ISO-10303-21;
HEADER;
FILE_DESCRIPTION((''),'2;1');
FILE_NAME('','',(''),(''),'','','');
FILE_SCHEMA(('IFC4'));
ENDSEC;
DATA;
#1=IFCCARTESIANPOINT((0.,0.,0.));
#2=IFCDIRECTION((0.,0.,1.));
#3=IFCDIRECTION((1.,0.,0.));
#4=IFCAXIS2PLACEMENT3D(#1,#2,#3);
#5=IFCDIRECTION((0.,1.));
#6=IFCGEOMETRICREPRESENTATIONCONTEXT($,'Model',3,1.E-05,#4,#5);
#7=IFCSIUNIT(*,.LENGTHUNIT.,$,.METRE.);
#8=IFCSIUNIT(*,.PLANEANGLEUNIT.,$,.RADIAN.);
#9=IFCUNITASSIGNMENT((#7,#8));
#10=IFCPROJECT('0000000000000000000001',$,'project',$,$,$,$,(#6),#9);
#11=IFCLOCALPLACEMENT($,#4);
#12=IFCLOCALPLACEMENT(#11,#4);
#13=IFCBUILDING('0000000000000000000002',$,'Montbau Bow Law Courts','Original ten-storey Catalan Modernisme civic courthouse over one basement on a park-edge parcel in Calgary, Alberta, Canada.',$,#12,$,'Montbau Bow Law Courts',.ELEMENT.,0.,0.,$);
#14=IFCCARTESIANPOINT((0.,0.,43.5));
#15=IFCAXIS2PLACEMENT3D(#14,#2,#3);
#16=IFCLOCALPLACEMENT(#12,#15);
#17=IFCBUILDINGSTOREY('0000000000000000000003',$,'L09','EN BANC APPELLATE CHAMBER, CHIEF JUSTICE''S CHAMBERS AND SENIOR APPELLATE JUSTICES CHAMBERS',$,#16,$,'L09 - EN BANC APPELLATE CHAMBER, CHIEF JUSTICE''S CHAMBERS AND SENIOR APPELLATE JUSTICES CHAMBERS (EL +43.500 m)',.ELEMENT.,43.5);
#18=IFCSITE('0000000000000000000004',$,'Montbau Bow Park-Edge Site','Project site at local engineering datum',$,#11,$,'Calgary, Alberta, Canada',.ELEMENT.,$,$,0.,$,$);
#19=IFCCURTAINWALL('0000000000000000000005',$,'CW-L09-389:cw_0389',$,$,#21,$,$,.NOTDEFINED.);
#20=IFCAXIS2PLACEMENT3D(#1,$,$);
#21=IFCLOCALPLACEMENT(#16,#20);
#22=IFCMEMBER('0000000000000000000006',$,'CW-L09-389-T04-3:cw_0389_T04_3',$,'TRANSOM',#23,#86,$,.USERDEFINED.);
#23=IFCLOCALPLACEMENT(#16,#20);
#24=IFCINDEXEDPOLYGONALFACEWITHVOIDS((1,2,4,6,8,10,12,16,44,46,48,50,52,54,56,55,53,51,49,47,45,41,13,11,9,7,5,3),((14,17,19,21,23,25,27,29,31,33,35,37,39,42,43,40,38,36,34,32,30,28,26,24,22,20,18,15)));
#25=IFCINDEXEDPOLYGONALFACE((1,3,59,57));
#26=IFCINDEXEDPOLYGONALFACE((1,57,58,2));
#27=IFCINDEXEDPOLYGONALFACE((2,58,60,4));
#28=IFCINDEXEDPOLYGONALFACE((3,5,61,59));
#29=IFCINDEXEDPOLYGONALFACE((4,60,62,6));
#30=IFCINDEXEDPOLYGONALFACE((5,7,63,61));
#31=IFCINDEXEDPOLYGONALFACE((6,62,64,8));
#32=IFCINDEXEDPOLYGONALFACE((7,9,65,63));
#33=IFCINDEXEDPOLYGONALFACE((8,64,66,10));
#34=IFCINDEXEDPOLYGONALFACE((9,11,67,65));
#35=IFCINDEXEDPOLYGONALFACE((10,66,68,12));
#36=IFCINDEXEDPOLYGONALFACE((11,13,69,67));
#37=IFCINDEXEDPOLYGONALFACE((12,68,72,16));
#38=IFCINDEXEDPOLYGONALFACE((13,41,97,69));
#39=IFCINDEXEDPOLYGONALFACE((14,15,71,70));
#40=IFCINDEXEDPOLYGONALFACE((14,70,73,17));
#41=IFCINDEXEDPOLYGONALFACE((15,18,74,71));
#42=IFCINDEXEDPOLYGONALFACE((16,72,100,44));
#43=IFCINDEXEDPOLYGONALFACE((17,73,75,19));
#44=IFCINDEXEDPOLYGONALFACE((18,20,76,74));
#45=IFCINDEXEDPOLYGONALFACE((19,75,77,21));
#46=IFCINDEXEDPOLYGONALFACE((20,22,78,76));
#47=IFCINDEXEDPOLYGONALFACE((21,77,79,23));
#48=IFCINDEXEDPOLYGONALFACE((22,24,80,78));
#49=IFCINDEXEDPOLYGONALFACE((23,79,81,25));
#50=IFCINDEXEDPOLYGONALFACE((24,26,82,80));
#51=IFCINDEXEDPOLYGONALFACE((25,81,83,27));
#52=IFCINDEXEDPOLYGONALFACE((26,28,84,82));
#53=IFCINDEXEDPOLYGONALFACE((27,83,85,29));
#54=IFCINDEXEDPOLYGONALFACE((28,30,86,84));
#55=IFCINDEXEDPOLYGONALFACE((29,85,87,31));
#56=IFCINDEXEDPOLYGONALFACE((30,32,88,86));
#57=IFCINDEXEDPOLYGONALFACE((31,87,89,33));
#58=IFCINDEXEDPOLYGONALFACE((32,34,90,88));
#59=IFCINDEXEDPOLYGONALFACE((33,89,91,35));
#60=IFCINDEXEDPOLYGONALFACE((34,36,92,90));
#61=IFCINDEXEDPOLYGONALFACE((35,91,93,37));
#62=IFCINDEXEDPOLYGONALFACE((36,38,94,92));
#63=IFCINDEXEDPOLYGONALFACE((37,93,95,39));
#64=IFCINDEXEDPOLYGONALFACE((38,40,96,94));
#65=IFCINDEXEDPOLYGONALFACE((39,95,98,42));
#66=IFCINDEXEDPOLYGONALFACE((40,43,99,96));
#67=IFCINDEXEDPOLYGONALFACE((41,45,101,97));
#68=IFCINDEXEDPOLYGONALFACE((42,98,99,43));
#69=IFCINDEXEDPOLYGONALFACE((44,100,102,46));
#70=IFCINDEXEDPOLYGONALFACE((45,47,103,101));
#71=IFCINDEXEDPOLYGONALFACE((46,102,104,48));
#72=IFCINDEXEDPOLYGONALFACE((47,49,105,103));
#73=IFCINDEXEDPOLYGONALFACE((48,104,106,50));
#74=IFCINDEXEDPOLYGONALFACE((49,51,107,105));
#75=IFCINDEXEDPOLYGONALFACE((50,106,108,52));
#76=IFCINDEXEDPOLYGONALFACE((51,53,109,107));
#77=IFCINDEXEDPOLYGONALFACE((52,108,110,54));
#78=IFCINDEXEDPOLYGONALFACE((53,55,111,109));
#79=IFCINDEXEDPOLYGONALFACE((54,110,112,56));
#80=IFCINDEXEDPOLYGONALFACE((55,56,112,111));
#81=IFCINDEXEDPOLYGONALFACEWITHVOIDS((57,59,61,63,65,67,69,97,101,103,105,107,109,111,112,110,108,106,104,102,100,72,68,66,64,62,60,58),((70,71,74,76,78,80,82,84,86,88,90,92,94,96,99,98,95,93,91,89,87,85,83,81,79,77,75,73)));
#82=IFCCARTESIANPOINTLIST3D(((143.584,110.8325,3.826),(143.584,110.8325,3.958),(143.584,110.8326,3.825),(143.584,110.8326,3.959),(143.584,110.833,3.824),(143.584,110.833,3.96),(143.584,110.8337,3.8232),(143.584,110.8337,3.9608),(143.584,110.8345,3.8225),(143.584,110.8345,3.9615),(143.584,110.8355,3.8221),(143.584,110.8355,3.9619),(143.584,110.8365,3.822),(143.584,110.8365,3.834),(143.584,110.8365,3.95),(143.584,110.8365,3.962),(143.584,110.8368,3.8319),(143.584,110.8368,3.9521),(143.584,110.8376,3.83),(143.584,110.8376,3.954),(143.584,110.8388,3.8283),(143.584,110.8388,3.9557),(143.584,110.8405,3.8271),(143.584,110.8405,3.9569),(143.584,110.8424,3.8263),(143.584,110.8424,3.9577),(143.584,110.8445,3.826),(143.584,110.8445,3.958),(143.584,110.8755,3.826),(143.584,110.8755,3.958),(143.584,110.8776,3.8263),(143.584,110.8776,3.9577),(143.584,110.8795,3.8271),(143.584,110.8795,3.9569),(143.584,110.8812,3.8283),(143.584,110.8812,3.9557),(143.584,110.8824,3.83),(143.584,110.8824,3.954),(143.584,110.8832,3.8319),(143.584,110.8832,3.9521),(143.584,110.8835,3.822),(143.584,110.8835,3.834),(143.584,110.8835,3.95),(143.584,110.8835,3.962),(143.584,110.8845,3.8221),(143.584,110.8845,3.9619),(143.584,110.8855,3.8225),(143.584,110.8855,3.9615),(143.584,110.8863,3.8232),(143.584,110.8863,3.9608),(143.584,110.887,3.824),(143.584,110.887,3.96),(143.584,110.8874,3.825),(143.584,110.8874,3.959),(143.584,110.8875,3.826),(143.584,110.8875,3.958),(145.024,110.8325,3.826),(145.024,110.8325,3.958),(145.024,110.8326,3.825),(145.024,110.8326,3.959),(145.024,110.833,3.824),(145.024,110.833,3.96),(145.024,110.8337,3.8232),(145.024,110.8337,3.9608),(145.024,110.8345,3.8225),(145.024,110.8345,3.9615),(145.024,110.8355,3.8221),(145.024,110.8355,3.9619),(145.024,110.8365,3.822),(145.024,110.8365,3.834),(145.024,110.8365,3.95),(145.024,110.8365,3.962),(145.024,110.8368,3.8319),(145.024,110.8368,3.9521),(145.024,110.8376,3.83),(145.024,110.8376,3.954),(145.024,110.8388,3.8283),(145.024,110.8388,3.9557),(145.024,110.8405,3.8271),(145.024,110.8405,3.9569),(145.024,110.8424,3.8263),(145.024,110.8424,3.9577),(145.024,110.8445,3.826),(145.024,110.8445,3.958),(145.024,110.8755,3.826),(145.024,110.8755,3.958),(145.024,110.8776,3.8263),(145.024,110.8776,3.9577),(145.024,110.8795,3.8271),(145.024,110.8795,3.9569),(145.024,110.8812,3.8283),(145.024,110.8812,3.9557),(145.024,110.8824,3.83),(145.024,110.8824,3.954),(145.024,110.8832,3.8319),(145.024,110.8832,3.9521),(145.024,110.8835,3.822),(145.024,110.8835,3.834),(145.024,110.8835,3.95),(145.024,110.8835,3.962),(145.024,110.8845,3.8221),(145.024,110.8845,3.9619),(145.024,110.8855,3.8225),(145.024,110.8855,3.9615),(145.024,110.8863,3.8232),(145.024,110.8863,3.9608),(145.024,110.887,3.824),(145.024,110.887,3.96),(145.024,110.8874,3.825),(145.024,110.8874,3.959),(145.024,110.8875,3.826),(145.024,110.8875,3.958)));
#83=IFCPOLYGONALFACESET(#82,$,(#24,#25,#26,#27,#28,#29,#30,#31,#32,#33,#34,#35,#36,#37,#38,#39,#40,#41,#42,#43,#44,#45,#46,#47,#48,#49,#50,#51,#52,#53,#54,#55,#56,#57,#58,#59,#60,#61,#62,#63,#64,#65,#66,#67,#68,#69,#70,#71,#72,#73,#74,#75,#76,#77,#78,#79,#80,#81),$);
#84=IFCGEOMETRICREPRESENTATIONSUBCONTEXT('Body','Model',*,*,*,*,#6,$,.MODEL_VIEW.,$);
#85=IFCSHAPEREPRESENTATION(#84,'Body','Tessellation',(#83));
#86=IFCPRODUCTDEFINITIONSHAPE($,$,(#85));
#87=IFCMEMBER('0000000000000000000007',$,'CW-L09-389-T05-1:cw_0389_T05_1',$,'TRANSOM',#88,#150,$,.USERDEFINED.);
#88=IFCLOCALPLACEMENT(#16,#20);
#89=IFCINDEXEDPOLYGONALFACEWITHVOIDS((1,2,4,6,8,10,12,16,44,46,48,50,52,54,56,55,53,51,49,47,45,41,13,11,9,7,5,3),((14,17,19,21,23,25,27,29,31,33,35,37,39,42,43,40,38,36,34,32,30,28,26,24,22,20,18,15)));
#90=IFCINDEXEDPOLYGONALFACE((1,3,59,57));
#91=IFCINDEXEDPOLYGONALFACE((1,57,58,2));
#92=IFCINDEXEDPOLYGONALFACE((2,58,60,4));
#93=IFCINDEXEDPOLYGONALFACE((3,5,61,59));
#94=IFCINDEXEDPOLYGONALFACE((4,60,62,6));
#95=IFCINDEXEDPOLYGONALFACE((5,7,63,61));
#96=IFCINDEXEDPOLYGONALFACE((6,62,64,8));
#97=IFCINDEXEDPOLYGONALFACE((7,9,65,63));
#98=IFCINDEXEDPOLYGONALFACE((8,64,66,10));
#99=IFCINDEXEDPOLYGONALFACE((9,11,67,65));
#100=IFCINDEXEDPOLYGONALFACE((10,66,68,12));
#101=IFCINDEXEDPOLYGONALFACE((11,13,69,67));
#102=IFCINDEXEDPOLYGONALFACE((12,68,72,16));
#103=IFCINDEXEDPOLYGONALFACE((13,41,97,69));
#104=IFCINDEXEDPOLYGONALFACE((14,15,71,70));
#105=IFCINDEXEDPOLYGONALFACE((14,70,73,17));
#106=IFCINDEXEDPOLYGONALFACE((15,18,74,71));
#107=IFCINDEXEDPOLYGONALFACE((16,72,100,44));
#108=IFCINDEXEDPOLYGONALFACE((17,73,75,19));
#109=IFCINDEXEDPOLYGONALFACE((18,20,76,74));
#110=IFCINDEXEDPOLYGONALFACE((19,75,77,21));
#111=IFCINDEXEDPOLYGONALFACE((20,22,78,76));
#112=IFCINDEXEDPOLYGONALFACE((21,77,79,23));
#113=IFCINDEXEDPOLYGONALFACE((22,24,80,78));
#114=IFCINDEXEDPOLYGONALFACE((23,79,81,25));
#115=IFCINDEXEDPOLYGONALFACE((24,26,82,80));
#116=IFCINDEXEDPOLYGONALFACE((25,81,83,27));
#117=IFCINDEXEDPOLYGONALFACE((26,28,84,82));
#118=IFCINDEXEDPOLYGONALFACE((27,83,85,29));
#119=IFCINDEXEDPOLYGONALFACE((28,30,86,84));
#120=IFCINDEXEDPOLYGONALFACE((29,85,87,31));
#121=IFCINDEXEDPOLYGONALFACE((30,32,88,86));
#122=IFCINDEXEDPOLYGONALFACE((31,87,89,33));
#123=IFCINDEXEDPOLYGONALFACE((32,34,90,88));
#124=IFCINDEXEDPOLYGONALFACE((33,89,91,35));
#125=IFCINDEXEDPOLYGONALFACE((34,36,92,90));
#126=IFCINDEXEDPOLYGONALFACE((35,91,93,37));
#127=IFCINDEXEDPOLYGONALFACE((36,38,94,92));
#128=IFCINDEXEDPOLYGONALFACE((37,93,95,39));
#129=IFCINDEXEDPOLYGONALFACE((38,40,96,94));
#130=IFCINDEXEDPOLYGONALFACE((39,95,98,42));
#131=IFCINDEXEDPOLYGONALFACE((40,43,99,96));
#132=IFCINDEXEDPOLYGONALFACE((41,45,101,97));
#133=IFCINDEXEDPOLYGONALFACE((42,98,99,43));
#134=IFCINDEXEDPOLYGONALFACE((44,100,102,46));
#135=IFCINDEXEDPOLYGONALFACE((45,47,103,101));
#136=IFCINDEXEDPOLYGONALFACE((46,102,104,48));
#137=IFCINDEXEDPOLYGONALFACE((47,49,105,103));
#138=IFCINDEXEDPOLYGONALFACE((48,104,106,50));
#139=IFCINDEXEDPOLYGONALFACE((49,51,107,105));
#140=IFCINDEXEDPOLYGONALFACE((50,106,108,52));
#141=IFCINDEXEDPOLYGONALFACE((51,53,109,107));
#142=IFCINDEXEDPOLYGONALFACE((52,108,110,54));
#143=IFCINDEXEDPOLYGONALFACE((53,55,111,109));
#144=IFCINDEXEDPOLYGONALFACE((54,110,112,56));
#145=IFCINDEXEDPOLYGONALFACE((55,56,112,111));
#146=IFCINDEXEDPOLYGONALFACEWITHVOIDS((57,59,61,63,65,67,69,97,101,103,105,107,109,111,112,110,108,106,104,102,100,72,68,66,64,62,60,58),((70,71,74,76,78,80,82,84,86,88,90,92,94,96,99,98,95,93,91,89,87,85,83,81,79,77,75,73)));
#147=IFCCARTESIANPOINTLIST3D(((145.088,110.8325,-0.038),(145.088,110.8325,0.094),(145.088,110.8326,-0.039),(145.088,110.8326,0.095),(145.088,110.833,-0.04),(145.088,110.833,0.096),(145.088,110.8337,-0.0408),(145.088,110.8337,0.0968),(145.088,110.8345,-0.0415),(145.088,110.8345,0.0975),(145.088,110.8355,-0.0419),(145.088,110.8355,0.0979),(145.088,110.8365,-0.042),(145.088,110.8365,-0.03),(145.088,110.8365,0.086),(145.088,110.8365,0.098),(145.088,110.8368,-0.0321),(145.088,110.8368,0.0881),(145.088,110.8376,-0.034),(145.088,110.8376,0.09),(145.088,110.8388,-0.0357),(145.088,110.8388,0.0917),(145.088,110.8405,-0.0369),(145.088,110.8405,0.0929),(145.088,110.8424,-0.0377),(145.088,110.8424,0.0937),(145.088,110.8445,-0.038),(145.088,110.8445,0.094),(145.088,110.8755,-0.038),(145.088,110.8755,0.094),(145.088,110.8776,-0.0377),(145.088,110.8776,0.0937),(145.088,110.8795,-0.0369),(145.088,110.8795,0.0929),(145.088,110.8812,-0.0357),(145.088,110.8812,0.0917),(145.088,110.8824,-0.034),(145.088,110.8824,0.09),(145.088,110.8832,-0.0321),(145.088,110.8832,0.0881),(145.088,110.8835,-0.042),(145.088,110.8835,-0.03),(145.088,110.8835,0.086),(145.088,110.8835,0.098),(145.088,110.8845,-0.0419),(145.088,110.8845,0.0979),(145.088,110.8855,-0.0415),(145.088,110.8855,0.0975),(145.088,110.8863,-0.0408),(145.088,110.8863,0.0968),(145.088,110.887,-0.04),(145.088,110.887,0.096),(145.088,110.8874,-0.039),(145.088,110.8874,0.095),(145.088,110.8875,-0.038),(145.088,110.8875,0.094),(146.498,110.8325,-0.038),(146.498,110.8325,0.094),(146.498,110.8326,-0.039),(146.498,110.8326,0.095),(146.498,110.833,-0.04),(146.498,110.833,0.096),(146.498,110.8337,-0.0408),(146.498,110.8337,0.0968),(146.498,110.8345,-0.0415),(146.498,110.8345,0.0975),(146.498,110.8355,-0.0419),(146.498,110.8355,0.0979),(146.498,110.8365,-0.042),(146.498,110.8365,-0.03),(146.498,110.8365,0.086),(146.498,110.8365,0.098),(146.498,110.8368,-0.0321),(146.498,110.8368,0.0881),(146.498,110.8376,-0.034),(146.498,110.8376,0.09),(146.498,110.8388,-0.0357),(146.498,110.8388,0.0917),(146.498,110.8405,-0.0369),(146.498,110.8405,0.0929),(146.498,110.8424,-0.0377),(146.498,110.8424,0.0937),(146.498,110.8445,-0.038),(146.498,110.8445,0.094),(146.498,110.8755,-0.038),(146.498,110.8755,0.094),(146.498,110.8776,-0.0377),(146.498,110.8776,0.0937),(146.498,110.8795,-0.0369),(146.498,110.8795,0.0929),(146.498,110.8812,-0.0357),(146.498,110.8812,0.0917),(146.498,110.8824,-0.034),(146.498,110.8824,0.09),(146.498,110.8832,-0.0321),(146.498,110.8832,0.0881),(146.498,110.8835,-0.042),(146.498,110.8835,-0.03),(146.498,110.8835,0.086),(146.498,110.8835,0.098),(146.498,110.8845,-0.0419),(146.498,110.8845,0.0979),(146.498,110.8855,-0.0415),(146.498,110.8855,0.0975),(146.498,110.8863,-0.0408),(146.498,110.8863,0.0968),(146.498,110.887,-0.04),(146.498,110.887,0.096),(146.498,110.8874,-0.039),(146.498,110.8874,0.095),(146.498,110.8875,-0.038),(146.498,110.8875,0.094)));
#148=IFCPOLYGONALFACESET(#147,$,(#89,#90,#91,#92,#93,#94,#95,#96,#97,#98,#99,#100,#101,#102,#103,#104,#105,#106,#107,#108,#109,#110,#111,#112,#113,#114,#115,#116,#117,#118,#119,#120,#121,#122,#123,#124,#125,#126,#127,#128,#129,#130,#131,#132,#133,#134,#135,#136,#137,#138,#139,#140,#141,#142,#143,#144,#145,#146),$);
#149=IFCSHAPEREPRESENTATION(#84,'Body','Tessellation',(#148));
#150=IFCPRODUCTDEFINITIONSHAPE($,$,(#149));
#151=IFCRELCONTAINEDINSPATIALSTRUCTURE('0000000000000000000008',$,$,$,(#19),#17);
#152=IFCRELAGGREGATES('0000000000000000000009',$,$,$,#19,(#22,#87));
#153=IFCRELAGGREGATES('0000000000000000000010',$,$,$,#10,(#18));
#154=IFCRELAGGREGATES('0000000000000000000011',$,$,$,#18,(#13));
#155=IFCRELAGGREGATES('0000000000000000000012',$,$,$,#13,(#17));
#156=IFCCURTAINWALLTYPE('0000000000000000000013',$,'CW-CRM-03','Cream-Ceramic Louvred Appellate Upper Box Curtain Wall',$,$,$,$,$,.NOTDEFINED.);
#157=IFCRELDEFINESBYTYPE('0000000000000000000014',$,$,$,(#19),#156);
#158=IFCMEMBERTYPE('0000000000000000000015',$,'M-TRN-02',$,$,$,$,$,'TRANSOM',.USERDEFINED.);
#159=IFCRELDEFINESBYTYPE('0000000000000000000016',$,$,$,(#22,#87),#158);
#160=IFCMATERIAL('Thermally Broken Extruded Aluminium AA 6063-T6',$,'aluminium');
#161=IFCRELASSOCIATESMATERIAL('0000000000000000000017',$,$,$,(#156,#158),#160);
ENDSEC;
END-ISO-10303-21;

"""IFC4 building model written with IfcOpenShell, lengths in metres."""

from ifc_helpers import new_model, si_unit, direction, frame, origin_with_axes, origin_2d_with_axis, place, context, subcontext, project, spatial, hollow_rectangle, extrude, material, material_profile, profile_set, type_object, element, aggregate, save


model = new_model("IFC4")

# Units and contexts
model_context = context("Model", 3, precision=1e-05, world=origin_with_axes(), true_north=direction((0.0, 1.0)))
body_context = subcontext(model_context, "Body", "Model", "MODEL_VIEW")
ifc_project = project(units=[si_unit("LENGTHUNIT", "METRE"), si_unit("PLANEANGLEUNIT", "RADIAN")], contexts=[model_context])

# Site, building, storey
site_placement = place(None, origin_with_axes())
site = spatial("IfcSite", under=ifc_project, at=site_placement, Name="Montbau Bow Park-Edge Site", Description="Project site at local engineering datum", LongName="Calgary, Alberta, Canada", CompositionType="ELEMENT", RefElevation=0.0)
building_placement = place(site_placement, origin_with_axes())
building = spatial("IfcBuilding", under=site, at=building_placement, Name="Montbau Bow Law Courts", Description="Original ten-storey Catalan Modernisme civic courthouse over one basement on a park-edge parcel in Calgary, Alberta, Canada.", LongName="Montbau Bow Law Courts", CompositionType="ELEMENT", ElevationOfRefHeight=0.0, ElevationOfTerrain=0.0)
storey_placement = place(building_placement, frame((0.0, 0.0, 43.5), z_axis=(0.0, 0.0, 1.0), x_axis=(1.0, 0.0, 0.0)))
storey = spatial("IfcBuildingStorey", under=building, at=storey_placement, Name="L09", Description="EN BANC APPELLATE CHAMBER, CHIEF JUSTICE'S CHAMBERS AND SENIOR APPELLATE JUSTICES CHAMBERS", LongName="L09 - EN BANC APPELLATE CHAMBER, CHIEF JUSTICE'S CHAMBERS AND SENIOR APPELLATE JUSTICES CHAMBERS (EL +43.500 m)", CompositionType="ELEMENT", Elevation=43.5)

# Curtain wall, members
ifc_material_1 = material(Name="Thermally Broken Extruded Aluminium AA 6063-T6", Category="aluminium")
curtain_wall_type = type_object("IfcCurtainWallType", Name="CW-CRM-03", Description="Cream-Ceramic Louvred Appellate Upper Box Curtain Wall", PredefinedType="NOTDEFINED", material=ifc_material_1)
curtain_wall_placement = place(None, frame((139.04, 110.86, 43.5), z_axis=(0.0, 0.0, 1.0), x_axis=(1.0, 0.0, 0.0)))
curtain_wall = element("IfcCurtainWall", 1, at=curtain_wall_placement, inside=storey, type_object=curtain_wall_type, Name="CW-L09-389:cw_0389", PredefinedType="NOTDEFINED")
ifc_material_profile_1 = material_profile(ifc_material_1, hollow_rectangle(XDim=0.055, YDim=0.14, WallThickness=0.004, InnerFilletRadius=0.008, OuterFilletRadius=0.004, at=origin_2d_with_axis()), Name="CWT-140X55", Category="Main", Priority=0)
ifc_profile_set_1 = profile_set([ifc_material_profile_1], Name="Thermally Broken Extruded Aluminium AA 6063-T6")
member_type_1 = type_object("IfcMemberType", Name="M-TRN-02", ElementType="TRANSOM", PredefinedType="USERDEFINED", material=ifc_profile_set_1)
member_1_placement = place(None, frame((143.584, 110.86, 47.392), z_axis=(1.0, 0.0, 0.0), x_axis=(0.0, 1.0, 0.0)))
member_1 = element("IfcMember", 2, at=member_1_placement, type_object=member_type_1, Name="CW-L09-389-T04-3:cw_0389_T04_3", ObjectType="TRANSOM", PredefinedType="USERDEFINED", context=body_context, shape_type="SweptSolid", body=[
    extrude(hollow_rectangle(XDim=0.055, YDim=0.14, WallThickness=0.004, InnerFilletRadius=0.008, OuterFilletRadius=0.004, at=origin_2d_with_axis()), origin_with_axes(), (0.0, 0.0, 1.0), 1.44),
])
member_2_placement = place(None, frame((145.088, 110.86, 43.528), z_axis=(1.0, 0.0, 0.0), x_axis=(0.0, 1.0, 0.0)))
member_2 = element("IfcMember", 3, at=member_2_placement, type_object=member_type_1, Name="CW-L09-389-T05-1:cw_0389_T05_1", ObjectType="TRANSOM", PredefinedType="USERDEFINED", context=body_context, shape_type="SweptSolid", body=[
    extrude(hollow_rectangle(XDim=0.055, YDim=0.14, WallThickness=0.004, InnerFilletRadius=0.008, OuterFilletRadius=0.004, at=origin_2d_with_axis()), origin_with_axes(), (0.0, 0.0, 1.0), 1.41),
])
aggregate(curtain_wall, [member_1, member_2])

save(model, "model.ifc")
